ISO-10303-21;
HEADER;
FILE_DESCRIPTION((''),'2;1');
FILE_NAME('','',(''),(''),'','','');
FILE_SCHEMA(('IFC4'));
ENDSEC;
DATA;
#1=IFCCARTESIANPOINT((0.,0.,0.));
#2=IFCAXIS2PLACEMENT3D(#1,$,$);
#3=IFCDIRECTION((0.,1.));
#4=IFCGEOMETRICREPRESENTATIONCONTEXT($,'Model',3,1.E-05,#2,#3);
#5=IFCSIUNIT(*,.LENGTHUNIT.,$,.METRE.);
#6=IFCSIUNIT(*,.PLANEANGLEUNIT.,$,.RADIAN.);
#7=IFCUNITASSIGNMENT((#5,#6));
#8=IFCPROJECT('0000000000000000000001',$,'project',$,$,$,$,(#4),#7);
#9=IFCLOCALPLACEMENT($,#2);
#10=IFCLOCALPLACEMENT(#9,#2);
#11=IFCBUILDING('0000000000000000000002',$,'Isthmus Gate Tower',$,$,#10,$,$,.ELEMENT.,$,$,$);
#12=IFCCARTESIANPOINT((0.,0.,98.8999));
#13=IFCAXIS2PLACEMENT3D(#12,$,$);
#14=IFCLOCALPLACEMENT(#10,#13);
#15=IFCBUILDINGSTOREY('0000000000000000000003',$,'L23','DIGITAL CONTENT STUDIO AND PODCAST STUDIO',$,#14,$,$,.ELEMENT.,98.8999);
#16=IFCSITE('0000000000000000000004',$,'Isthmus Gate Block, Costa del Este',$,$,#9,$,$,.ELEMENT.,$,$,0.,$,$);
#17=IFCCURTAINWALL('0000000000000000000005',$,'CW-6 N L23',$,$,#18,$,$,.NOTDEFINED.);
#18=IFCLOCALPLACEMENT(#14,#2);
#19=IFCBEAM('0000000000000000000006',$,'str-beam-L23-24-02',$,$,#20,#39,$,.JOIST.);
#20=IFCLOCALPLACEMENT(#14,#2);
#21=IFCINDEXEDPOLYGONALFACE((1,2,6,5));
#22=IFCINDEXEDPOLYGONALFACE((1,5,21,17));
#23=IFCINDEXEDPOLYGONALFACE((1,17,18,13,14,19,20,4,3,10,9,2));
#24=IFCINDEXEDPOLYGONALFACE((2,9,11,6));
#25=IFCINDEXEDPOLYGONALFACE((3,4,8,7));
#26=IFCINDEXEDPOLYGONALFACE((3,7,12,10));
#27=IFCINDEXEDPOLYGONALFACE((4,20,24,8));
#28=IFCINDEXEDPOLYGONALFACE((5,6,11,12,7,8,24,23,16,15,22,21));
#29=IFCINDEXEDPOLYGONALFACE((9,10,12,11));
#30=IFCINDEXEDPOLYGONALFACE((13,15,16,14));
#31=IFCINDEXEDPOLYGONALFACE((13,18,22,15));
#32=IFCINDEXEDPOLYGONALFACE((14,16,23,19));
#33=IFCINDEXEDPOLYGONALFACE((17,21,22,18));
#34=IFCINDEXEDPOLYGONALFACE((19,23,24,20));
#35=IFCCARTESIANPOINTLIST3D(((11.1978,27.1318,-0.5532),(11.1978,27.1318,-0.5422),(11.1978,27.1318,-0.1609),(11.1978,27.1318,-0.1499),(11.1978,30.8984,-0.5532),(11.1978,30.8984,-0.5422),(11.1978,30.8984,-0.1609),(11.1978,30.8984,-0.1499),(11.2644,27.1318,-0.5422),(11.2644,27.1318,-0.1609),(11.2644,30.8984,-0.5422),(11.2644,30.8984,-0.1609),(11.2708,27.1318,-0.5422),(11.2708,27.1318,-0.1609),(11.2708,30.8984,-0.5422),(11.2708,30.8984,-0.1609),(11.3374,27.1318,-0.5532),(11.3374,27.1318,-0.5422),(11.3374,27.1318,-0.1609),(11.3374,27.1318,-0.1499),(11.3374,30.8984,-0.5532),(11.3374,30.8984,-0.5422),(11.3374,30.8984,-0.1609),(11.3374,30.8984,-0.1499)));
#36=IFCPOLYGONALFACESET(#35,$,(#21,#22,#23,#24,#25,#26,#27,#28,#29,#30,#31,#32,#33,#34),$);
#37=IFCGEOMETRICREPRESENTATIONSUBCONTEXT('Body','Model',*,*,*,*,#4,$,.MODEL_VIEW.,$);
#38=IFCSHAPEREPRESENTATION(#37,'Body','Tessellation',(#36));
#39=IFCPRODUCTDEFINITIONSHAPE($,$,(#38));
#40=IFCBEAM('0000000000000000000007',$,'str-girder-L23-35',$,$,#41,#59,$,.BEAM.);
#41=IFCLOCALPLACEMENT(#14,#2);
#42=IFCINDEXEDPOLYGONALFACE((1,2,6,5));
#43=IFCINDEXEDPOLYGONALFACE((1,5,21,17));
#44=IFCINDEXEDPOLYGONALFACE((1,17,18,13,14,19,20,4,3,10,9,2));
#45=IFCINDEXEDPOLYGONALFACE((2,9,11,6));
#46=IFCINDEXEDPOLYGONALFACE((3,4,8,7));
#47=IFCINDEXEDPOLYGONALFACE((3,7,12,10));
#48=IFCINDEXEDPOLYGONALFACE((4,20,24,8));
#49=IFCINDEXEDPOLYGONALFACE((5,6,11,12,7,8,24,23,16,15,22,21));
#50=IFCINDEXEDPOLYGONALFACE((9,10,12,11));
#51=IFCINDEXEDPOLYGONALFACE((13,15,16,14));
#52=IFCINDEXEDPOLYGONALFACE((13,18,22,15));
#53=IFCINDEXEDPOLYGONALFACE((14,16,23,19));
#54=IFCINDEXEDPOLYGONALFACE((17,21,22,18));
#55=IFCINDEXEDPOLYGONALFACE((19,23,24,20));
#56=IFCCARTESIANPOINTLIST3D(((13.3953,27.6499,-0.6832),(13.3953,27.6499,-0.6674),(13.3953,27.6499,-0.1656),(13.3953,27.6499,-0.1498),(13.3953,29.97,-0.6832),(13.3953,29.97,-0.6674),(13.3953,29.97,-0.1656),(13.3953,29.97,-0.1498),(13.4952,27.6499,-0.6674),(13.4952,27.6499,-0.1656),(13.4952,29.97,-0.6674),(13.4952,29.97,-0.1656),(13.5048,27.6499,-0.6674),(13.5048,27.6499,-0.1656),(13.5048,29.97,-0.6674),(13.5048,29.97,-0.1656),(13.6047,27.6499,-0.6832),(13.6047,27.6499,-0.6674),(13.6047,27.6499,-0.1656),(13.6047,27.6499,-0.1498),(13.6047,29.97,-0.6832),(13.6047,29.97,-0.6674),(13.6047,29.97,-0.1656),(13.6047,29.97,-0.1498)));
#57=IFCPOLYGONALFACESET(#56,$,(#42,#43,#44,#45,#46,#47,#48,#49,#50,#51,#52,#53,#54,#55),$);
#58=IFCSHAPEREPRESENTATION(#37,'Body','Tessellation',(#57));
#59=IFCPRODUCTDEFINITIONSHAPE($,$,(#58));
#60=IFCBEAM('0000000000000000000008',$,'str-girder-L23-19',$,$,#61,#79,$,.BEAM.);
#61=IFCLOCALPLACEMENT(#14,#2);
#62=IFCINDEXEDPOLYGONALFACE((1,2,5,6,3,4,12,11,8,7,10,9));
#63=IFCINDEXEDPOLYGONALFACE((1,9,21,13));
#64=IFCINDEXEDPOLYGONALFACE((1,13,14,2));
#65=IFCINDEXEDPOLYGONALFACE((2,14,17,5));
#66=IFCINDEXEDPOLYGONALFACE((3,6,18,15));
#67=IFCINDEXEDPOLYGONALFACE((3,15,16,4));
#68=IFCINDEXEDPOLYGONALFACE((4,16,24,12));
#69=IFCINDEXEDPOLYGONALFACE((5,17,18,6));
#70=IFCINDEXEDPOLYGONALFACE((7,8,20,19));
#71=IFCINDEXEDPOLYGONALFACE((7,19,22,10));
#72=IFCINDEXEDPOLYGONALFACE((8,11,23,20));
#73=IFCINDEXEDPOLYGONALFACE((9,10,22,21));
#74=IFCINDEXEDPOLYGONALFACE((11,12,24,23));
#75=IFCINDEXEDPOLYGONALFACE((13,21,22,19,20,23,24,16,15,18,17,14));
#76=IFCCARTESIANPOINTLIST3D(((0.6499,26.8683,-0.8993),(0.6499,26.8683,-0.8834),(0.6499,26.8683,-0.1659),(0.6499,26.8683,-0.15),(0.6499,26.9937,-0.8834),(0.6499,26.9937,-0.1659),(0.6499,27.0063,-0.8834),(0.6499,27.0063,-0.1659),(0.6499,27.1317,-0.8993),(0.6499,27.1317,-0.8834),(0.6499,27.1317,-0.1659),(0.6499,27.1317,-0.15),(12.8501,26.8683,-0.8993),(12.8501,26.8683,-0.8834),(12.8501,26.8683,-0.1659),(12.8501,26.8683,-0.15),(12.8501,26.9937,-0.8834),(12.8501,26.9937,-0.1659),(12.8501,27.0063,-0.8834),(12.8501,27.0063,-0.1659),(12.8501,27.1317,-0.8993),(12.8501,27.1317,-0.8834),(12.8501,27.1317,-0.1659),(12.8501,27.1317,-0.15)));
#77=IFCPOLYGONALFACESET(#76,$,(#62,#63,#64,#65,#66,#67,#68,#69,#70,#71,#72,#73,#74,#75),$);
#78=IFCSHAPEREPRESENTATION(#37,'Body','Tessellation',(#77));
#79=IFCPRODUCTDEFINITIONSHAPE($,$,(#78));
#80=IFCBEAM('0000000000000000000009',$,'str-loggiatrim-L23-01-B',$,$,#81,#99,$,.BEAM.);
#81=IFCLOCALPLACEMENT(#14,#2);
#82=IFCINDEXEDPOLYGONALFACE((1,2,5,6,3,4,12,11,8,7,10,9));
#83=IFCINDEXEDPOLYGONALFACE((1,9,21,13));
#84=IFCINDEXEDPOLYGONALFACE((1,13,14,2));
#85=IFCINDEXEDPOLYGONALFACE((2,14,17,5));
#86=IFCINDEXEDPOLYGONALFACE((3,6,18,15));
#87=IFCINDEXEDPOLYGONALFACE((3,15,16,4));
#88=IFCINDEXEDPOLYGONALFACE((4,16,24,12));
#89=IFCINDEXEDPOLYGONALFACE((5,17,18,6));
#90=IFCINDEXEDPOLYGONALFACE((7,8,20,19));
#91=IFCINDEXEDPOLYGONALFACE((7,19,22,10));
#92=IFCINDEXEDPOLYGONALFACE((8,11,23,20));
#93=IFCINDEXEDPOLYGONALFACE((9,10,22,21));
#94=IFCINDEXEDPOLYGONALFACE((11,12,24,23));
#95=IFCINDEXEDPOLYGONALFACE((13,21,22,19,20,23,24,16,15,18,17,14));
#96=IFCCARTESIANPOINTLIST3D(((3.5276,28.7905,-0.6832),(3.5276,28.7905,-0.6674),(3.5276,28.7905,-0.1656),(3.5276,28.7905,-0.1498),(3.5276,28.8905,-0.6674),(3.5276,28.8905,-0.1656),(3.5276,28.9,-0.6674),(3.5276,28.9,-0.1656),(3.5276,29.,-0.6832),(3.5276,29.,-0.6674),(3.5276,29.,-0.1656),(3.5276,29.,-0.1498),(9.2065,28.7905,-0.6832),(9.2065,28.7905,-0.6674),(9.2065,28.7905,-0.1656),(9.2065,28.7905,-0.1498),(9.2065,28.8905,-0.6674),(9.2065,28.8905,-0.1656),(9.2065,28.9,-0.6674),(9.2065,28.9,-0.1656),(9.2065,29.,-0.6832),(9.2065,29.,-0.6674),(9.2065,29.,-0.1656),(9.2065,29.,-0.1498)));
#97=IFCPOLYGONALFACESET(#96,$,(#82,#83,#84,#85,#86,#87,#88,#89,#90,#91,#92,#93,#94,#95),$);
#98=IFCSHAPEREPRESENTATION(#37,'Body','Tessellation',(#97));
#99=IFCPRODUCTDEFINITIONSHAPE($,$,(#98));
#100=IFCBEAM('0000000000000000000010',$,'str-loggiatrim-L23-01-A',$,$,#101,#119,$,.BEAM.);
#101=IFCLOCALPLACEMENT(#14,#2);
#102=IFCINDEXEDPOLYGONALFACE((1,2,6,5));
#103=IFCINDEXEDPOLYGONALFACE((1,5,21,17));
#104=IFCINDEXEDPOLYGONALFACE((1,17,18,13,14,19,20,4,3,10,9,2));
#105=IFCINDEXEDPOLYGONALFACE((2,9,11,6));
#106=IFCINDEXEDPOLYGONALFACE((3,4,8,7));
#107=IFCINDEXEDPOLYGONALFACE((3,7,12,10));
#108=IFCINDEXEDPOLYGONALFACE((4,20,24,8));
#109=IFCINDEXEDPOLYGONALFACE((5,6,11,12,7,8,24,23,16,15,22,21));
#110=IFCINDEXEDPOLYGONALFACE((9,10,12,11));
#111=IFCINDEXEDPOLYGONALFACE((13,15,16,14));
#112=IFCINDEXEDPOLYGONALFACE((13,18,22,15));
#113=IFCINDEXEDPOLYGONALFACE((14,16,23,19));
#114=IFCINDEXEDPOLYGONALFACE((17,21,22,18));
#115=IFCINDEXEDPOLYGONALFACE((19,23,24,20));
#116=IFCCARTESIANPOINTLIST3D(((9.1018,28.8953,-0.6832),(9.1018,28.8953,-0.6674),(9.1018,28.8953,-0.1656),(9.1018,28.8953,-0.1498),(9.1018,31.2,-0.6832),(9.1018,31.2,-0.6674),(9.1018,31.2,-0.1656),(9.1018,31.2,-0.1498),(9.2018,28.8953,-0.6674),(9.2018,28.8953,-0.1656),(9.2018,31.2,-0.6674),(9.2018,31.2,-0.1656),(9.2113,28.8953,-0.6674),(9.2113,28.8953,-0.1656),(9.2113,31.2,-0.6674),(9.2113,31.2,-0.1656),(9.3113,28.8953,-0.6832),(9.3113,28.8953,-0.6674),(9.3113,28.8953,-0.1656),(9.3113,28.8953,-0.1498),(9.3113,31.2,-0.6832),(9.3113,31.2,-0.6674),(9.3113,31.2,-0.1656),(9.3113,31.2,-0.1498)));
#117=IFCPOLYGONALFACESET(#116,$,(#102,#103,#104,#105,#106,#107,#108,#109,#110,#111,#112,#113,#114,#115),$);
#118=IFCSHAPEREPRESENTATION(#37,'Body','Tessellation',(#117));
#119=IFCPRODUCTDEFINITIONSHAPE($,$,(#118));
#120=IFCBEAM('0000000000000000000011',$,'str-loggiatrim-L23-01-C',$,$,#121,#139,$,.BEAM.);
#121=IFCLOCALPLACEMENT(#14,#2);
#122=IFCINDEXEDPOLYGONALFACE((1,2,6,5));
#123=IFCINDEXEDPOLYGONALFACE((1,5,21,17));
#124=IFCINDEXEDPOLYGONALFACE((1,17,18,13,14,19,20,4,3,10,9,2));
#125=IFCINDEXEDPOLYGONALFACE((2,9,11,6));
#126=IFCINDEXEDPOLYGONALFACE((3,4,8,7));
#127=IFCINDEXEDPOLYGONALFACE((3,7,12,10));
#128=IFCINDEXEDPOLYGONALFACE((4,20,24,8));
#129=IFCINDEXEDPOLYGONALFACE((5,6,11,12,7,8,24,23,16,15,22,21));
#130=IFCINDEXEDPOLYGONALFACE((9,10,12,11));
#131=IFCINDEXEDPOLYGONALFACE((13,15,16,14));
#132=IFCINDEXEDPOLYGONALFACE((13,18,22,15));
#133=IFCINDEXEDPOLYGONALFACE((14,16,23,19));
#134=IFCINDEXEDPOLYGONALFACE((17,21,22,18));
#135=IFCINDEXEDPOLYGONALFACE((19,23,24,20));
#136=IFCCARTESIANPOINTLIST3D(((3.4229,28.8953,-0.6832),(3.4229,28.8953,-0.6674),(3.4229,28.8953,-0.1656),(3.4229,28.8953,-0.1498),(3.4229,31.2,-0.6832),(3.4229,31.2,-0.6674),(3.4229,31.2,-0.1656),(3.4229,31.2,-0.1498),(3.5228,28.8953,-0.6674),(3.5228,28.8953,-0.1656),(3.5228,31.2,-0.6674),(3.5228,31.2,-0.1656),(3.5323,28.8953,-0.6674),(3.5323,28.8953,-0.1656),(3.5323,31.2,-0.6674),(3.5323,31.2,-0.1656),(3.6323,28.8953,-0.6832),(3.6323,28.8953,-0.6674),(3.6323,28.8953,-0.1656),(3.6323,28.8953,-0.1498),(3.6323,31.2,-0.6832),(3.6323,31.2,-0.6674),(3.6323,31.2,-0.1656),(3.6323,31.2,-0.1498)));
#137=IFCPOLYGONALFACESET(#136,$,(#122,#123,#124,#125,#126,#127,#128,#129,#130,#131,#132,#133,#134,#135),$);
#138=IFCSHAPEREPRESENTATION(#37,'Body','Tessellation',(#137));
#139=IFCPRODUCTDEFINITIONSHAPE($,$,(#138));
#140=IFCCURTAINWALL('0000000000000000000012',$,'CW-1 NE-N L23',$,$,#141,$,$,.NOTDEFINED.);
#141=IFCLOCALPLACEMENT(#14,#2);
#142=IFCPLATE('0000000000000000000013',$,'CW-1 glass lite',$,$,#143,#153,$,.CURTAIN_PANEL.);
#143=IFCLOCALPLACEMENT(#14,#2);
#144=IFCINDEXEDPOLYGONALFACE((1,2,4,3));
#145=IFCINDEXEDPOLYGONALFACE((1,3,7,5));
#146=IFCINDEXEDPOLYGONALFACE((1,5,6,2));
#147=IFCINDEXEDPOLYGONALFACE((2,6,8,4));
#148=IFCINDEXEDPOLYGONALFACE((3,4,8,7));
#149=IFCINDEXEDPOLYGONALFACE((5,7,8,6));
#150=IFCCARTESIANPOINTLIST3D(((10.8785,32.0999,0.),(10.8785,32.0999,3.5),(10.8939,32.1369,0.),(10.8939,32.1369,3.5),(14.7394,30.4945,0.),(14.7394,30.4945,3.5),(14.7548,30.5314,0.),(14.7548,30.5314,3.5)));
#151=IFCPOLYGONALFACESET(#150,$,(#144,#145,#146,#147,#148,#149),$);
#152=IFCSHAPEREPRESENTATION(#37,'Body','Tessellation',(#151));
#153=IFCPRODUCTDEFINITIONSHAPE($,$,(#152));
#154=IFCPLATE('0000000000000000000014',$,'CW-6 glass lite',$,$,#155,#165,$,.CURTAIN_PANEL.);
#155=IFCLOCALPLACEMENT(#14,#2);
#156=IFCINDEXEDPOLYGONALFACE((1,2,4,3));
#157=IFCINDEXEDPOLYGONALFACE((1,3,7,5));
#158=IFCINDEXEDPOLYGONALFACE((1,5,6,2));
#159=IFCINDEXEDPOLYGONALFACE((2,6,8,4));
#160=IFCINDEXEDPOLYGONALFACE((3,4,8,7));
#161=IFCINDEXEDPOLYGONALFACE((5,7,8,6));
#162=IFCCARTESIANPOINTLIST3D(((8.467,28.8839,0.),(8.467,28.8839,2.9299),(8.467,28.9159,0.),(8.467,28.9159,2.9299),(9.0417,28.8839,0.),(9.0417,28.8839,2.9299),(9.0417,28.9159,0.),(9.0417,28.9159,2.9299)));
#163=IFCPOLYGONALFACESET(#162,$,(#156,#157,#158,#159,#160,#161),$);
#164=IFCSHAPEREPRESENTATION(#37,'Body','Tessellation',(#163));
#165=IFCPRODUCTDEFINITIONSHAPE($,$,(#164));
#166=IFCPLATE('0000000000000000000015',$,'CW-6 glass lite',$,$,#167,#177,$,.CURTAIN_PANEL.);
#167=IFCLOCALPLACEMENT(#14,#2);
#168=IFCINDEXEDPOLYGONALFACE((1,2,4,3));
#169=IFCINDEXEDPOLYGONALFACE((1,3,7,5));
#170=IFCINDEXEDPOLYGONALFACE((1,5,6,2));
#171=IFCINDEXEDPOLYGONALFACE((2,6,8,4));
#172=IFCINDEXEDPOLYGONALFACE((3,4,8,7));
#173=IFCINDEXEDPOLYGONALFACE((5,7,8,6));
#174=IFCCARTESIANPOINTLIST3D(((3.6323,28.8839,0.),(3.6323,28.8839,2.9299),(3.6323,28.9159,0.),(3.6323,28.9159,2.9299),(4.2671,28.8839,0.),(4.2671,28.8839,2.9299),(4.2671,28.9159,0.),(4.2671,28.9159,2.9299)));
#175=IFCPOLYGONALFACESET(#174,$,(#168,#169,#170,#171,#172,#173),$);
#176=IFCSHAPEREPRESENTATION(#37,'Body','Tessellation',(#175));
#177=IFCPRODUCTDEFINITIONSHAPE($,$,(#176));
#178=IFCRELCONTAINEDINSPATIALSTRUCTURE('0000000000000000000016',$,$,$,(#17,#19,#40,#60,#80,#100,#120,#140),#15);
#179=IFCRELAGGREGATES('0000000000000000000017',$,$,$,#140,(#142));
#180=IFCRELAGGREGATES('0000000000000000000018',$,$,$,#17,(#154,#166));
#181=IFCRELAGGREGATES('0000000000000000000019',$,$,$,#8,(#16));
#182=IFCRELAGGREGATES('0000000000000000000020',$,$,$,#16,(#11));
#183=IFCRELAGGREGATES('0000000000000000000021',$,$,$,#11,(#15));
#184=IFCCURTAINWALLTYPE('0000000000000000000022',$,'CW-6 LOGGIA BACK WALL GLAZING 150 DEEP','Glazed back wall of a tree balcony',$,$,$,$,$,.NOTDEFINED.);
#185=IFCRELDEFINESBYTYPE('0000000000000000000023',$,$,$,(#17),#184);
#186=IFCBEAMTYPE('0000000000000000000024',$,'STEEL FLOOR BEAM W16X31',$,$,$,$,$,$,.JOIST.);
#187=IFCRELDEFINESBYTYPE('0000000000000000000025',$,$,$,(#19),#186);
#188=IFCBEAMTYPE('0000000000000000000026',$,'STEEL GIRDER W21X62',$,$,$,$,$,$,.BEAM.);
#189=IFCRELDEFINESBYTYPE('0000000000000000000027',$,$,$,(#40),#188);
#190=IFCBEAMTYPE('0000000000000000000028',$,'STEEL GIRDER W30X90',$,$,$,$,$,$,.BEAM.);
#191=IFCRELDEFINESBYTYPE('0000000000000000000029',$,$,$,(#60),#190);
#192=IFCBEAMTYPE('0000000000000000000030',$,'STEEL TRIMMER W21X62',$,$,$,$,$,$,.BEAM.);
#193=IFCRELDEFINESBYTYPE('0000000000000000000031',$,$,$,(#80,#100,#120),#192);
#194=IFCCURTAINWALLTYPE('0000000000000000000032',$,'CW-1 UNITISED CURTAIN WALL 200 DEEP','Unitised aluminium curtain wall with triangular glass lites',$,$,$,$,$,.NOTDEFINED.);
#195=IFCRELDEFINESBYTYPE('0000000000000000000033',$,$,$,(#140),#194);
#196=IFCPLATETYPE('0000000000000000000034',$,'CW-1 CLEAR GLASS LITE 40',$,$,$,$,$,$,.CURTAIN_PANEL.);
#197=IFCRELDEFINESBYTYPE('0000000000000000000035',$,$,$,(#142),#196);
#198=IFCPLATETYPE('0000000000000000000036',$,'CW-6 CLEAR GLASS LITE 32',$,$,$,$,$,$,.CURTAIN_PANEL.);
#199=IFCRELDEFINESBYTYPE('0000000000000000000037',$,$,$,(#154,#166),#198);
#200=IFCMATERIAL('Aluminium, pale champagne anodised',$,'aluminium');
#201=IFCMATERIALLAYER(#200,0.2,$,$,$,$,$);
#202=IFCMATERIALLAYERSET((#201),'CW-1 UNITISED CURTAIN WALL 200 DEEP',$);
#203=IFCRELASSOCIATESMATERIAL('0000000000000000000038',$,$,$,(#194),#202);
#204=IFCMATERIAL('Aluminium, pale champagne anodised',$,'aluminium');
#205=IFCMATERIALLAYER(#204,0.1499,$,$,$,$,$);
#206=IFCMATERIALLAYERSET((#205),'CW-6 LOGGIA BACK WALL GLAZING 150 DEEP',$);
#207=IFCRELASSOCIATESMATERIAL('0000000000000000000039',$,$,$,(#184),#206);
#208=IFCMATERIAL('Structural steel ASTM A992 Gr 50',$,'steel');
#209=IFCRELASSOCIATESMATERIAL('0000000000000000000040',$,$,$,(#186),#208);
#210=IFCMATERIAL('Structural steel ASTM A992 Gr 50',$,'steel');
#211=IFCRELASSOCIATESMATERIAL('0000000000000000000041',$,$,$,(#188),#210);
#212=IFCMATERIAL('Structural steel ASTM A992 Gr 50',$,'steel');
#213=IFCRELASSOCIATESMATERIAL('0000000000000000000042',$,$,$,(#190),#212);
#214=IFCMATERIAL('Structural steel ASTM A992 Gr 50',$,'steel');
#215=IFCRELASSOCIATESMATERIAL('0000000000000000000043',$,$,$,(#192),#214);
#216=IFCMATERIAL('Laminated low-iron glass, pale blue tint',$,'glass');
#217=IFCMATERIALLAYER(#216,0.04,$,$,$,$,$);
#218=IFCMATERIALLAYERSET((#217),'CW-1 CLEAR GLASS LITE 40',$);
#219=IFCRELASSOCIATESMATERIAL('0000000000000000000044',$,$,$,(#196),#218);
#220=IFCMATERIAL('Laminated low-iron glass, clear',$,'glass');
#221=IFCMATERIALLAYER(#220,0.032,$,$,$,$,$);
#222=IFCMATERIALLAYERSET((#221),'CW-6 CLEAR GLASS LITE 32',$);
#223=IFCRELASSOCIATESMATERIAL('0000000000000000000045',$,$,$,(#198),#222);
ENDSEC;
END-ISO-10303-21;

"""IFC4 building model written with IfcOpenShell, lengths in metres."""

from ifc_helpers import new_model, si_unit, direction, frame, origin, origin_2d, place, context, subcontext, project, spatial, rectangle, i_section, extrude, material, layer, layer_set, material_profile, profile_set, type_object, element, aggregate, save


model = new_model("IFC4")

# Units and contexts
model_context = context("Model", 3, precision=1e-05, world=origin(), true_north=direction((0.0, 1.0)))
body_context = subcontext(model_context, "Body", "Model", "MODEL_VIEW")
ifc_project = project(units=[si_unit("LENGTHUNIT", "METRE"), si_unit("PLANEANGLEUNIT", "RADIAN")], contexts=[model_context])

# Site, building, storey
site_placement = place(None, origin())
site = spatial("IfcSite", under=ifc_project, at=site_placement, Name="Isthmus Gate Block, Costa del Este", CompositionType="ELEMENT", RefElevation=0.0)
building_placement = place(site_placement, origin())
building = spatial("IfcBuilding", under=site, at=building_placement, Name="Isthmus Gate Tower", CompositionType="ELEMENT")
storey_placement = place(building_placement, frame((0.0, 0.0, 98.8999)))
storey = spatial("IfcBuildingStorey", under=building, at=storey_placement, Name="L23", Description="DIGITAL CONTENT STUDIO AND PODCAST STUDIO", CompositionType="ELEMENT", Elevation=98.8999)

# Curtain wall
ifc_material_1 = material(Name="Aluminium, pale champagne anodised", Category="aluminium")
ifc_layer_1 = layer(ifc_material_1, 0.2)
ifc_layer_set_1 = layer_set([ifc_layer_1], Name="CW-1 UNITISED CURTAIN WALL 200 DEEP")
curtain_wall_type_1 = type_object("IfcCurtainWallType", Name="CW-1 UNITISED CURTAIN WALL 200 DEEP", Description="Unitised aluminium curtain wall with triangular glass lites", PredefinedType="NOTDEFINED", material=ifc_layer_set_1)
ifc_material_2 = material(Name="Aluminium, pale champagne anodised", Category="aluminium")
ifc_layer_2 = layer(ifc_material_2, 0.1499)
ifc_layer_set_2 = layer_set([ifc_layer_2], Name="CW-6 LOGGIA BACK WALL GLAZING 150 DEEP")
curtain_wall_type_2 = type_object("IfcCurtainWallType", Name="CW-6 LOGGIA BACK WALL GLAZING 150 DEEP", Description="Glazed back wall of a tree balcony", PredefinedType="NOTDEFINED", material=ifc_layer_set_2)
curtain_wall_1_placement = place(storey_placement, origin())
curtain_wall_1 = element("IfcCurtainWall", 1, at=curtain_wall_1_placement, inside=storey, type_object=curtain_wall_type_2, Name="CW-6 N L23", PredefinedType="NOTDEFINED")

# Beams
ifc_material_3 = material(Name="Structural steel ASTM A992 Gr 50", Category="steel")
ifc_material_profile_1 = material_profile(ifc_material_3, i_section(OverallWidth=0.1396, OverallDepth=0.4033, WebThickness=0.0063, FlangeThickness=0.011, at=origin_2d()), Name="W16X31")
ifc_profile_set_1 = profile_set([ifc_material_profile_1], Name="Structural steel ASTM A992 Gr 50")
beam_type_1 = type_object("IfcBeamType", Name="STEEL FLOOR BEAM W16X31", PredefinedType="JOIST", material=ifc_profile_set_1)
beam_1_placement = place(storey_placement, frame((11.2676, 27.1318, -0.3516), z_axis=(0.0, 1.0, 0.0), x_axis=(-1.0, 0.0, 0.0)))
element("IfcBeam", 2, at=beam_1_placement, inside=storey, type_object=beam_type_1, Name="str-beam-L23-24-02", PredefinedType="JOIST", context=body_context, shape_type="SweptSolid", body=[
    extrude(i_section(OverallWidth=0.1396, OverallDepth=0.4033, WebThickness=0.0063, FlangeThickness=0.011, at=origin_2d()), origin(), (0.0, 0.0, 1.0), 3.7666),
])
ifc_material_4 = material(Name="Structural steel ASTM A992 Gr 50", Category="steel")
ifc_material_profile_2 = material_profile(ifc_material_4, i_section(OverallWidth=0.2095, OverallDepth=0.5334, WebThickness=0.0095, FlangeThickness=0.0159, at=origin_2d()), Name="W21X62")
ifc_profile_set_2 = profile_set([ifc_material_profile_2], Name="Structural steel ASTM A992 Gr 50")
beam_type_2 = type_object("IfcBeamType", Name="STEEL GIRDER W21X62", PredefinedType="BEAM", material=ifc_profile_set_2)
beam_2_placement = place(storey_placement, frame((13.5, 27.6499, -0.4165), z_axis=(0.0, 1.0, 0.0), x_axis=(-1.0, 0.0, 0.0)))
element("IfcBeam", 3, at=beam_2_placement, inside=storey, type_object=beam_type_2, Name="str-girder-L23-35", PredefinedType="BEAM", context=body_context, shape_type="SweptSolid", body=[
    extrude(i_section(OverallWidth=0.2095, OverallDepth=0.5334, WebThickness=0.0095, FlangeThickness=0.0159, at=origin_2d()), origin(), (0.0, 0.0, 1.0), 2.3201),
])
ifc_material_5 = material(Name="Structural steel ASTM A992 Gr 50", Category="steel")
ifc_material_profile_3 = material_profile(ifc_material_5, i_section(OverallWidth=0.2634, OverallDepth=0.7493, WebThickness=0.0127, FlangeThickness=0.0159, at=origin_2d()), Name="W30X90")
ifc_profile_set_3 = profile_set([ifc_material_profile_3], Name="Structural steel ASTM A992 Gr 50")
beam_type_3 = type_object("IfcBeamType", Name="STEEL GIRDER W30X90", PredefinedType="BEAM", material=ifc_profile_set_3)
beam_3_placement = place(storey_placement, frame((0.6499, 27.0, -0.5247), z_axis=(1.0, 0.0, 0.0), x_axis=(0.0, 1.0, 0.0)))
element("IfcBeam", 4, at=beam_3_placement, inside=storey, type_object=beam_type_3, Name="str-girder-L23-19", PredefinedType="BEAM", context=body_context, shape_type="SweptSolid", body=[
    extrude(i_section(OverallWidth=0.2634, OverallDepth=0.7493, WebThickness=0.0127, FlangeThickness=0.0159, at=origin_2d()), origin(), (0.0, 0.0, 1.0), 12.2002),
])
ifc_material_6 = material(Name="Structural steel ASTM A992 Gr 50", Category="steel")
ifc_material_profile_4 = material_profile(ifc_material_6, i_section(OverallWidth=0.2095, OverallDepth=0.5334, WebThickness=0.0095, FlangeThickness=0.0159, at=origin_2d()), Name="W21X62")
ifc_profile_set_4 = profile_set([ifc_material_profile_4], Name="Structural steel ASTM A992 Gr 50")
beam_type_4 = type_object("IfcBeamType", Name="STEEL TRIMMER W21X62", PredefinedType="BEAM", material=ifc_profile_set_4)
beam_4_placement = place(storey_placement, frame((9.2065, 28.8953, -0.4165), z_axis=(-1.0, 0.0, 0.0), x_axis=(0.0, -1.0, 0.0)))
element("IfcBeam", 5, at=beam_4_placement, inside=storey, type_object=beam_type_4, Name="str-loggiatrim-L23-01-B", PredefinedType="BEAM", context=body_context, shape_type="SweptSolid", body=[
    extrude(i_section(OverallWidth=0.2095, OverallDepth=0.5334, WebThickness=0.0095, FlangeThickness=0.0159, at=origin_2d()), origin(), (0.0, 0.0, 1.0), 5.679),
])
for number, where, z_axis, x_axis, name in (
    (6, (9.2065, 31.2, -0.4165), (0.0, -1.0, 0.0), (1.0, 0.0, 0.0), "str-loggiatrim-L23-01-A"),
    (7, (3.5276, 31.2, -0.4165), (0.0, -1.0, 0.0), (1.0, 0.0, 0.0), "str-loggiatrim-L23-01-C"),
):
    element("IfcBeam", number, at=place(storey_placement, frame(where, z_axis=z_axis, x_axis=x_axis)), inside=storey, type_object=beam_type_4, Name=name, PredefinedType="BEAM", context=body_context, shape_type="SweptSolid", body=[
        extrude(i_section(OverallWidth=0.2095, OverallDepth=0.5334, WebThickness=0.0095, FlangeThickness=0.0159, at=origin_2d()), origin(), (0.0, 0.0, 1.0), 2.3047),
    ])

# Curtain wall, plate
curtain_wall_2_placement = place(storey_placement, origin())
curtain_wall_2 = element("IfcCurtainWall", 8, at=curtain_wall_2_placement, inside=storey, type_object=curtain_wall_type_1, Name="CW-1 NE-N L23", PredefinedType="NOTDEFINED")
ifc_material_7 = material(Name="Laminated low-iron glass, pale blue tint", Category="glass")
ifc_layer_3 = layer(ifc_material_7, 0.04)
ifc_layer_set_3 = layer_set([ifc_layer_3], Name="CW-1 CLEAR GLASS LITE 40")
plate_type_1 = type_object("IfcPlateType", Name="CW-1 CLEAR GLASS LITE 40", PredefinedType="CURTAIN_PANEL", material=ifc_layer_set_3)
plate_1_placement = place(storey_placement, frame((12.8167, 31.3157, 0.0), z_axis=(0.0, 0.0, 1.0), x_axis=(-0.923353, 0.383952, 0.0)))
plate_1 = element("IfcPlate", 9, at=plate_1_placement, type_object=plate_type_1, Name="CW-1 glass lite", PredefinedType="CURTAIN_PANEL", context=body_context, shape_type="SweptSolid", body=[
    extrude(rectangle(XDim=4.1814, YDim=0.04, at=origin_2d()), origin(), (0.0, 0.0, 1.0), 3.5),
])
aggregate(curtain_wall_2, [plate_1])

# Plates
ifc_material_8 = material(Name="Laminated low-iron glass, clear", Category="glass")
ifc_layer_4 = layer(ifc_material_8, 0.032)
ifc_layer_set_4 = layer_set([ifc_layer_4], Name="CW-6 CLEAR GLASS LITE 32")
plate_type_2 = type_object("IfcPlateType", Name="CW-6 CLEAR GLASS LITE 32", PredefinedType="CURTAIN_PANEL", material=ifc_layer_set_4)
plate_2_placement = place(storey_placement, frame((8.7544, 28.8999, 0.0), z_axis=(0.0, 0.0, 1.0), x_axis=(-1.0, 0.0, 0.0)))
plate_2 = element("IfcPlate", 10, at=plate_2_placement, type_object=plate_type_2, Name="CW-6 glass lite", PredefinedType="CURTAIN_PANEL", context=body_context, shape_type="SweptSolid", body=[
    extrude(rectangle(XDim=0.5747, YDim=0.032, at=origin_2d()), origin(), (0.0, 0.0, 1.0), 2.9299),
])
plate_3_placement = place(storey_placement, frame((3.9497, 28.8999, 0.0), z_axis=(0.0, 0.0, 1.0), x_axis=(-1.0, 0.0, 0.0)))
plate_3 = element("IfcPlate", 11, at=plate_3_placement, type_object=plate_type_2, Name="CW-6 glass lite", PredefinedType="CURTAIN_PANEL", context=body_context, shape_type="SweptSolid", body=[
    extrude(rectangle(XDim=0.6348, YDim=0.032, at=origin_2d()), origin(), (0.0, 0.0, 1.0), 2.9299),
])
aggregate(curtain_wall_1, [plate_2, plate_3])

save(model, "model.ifc")
